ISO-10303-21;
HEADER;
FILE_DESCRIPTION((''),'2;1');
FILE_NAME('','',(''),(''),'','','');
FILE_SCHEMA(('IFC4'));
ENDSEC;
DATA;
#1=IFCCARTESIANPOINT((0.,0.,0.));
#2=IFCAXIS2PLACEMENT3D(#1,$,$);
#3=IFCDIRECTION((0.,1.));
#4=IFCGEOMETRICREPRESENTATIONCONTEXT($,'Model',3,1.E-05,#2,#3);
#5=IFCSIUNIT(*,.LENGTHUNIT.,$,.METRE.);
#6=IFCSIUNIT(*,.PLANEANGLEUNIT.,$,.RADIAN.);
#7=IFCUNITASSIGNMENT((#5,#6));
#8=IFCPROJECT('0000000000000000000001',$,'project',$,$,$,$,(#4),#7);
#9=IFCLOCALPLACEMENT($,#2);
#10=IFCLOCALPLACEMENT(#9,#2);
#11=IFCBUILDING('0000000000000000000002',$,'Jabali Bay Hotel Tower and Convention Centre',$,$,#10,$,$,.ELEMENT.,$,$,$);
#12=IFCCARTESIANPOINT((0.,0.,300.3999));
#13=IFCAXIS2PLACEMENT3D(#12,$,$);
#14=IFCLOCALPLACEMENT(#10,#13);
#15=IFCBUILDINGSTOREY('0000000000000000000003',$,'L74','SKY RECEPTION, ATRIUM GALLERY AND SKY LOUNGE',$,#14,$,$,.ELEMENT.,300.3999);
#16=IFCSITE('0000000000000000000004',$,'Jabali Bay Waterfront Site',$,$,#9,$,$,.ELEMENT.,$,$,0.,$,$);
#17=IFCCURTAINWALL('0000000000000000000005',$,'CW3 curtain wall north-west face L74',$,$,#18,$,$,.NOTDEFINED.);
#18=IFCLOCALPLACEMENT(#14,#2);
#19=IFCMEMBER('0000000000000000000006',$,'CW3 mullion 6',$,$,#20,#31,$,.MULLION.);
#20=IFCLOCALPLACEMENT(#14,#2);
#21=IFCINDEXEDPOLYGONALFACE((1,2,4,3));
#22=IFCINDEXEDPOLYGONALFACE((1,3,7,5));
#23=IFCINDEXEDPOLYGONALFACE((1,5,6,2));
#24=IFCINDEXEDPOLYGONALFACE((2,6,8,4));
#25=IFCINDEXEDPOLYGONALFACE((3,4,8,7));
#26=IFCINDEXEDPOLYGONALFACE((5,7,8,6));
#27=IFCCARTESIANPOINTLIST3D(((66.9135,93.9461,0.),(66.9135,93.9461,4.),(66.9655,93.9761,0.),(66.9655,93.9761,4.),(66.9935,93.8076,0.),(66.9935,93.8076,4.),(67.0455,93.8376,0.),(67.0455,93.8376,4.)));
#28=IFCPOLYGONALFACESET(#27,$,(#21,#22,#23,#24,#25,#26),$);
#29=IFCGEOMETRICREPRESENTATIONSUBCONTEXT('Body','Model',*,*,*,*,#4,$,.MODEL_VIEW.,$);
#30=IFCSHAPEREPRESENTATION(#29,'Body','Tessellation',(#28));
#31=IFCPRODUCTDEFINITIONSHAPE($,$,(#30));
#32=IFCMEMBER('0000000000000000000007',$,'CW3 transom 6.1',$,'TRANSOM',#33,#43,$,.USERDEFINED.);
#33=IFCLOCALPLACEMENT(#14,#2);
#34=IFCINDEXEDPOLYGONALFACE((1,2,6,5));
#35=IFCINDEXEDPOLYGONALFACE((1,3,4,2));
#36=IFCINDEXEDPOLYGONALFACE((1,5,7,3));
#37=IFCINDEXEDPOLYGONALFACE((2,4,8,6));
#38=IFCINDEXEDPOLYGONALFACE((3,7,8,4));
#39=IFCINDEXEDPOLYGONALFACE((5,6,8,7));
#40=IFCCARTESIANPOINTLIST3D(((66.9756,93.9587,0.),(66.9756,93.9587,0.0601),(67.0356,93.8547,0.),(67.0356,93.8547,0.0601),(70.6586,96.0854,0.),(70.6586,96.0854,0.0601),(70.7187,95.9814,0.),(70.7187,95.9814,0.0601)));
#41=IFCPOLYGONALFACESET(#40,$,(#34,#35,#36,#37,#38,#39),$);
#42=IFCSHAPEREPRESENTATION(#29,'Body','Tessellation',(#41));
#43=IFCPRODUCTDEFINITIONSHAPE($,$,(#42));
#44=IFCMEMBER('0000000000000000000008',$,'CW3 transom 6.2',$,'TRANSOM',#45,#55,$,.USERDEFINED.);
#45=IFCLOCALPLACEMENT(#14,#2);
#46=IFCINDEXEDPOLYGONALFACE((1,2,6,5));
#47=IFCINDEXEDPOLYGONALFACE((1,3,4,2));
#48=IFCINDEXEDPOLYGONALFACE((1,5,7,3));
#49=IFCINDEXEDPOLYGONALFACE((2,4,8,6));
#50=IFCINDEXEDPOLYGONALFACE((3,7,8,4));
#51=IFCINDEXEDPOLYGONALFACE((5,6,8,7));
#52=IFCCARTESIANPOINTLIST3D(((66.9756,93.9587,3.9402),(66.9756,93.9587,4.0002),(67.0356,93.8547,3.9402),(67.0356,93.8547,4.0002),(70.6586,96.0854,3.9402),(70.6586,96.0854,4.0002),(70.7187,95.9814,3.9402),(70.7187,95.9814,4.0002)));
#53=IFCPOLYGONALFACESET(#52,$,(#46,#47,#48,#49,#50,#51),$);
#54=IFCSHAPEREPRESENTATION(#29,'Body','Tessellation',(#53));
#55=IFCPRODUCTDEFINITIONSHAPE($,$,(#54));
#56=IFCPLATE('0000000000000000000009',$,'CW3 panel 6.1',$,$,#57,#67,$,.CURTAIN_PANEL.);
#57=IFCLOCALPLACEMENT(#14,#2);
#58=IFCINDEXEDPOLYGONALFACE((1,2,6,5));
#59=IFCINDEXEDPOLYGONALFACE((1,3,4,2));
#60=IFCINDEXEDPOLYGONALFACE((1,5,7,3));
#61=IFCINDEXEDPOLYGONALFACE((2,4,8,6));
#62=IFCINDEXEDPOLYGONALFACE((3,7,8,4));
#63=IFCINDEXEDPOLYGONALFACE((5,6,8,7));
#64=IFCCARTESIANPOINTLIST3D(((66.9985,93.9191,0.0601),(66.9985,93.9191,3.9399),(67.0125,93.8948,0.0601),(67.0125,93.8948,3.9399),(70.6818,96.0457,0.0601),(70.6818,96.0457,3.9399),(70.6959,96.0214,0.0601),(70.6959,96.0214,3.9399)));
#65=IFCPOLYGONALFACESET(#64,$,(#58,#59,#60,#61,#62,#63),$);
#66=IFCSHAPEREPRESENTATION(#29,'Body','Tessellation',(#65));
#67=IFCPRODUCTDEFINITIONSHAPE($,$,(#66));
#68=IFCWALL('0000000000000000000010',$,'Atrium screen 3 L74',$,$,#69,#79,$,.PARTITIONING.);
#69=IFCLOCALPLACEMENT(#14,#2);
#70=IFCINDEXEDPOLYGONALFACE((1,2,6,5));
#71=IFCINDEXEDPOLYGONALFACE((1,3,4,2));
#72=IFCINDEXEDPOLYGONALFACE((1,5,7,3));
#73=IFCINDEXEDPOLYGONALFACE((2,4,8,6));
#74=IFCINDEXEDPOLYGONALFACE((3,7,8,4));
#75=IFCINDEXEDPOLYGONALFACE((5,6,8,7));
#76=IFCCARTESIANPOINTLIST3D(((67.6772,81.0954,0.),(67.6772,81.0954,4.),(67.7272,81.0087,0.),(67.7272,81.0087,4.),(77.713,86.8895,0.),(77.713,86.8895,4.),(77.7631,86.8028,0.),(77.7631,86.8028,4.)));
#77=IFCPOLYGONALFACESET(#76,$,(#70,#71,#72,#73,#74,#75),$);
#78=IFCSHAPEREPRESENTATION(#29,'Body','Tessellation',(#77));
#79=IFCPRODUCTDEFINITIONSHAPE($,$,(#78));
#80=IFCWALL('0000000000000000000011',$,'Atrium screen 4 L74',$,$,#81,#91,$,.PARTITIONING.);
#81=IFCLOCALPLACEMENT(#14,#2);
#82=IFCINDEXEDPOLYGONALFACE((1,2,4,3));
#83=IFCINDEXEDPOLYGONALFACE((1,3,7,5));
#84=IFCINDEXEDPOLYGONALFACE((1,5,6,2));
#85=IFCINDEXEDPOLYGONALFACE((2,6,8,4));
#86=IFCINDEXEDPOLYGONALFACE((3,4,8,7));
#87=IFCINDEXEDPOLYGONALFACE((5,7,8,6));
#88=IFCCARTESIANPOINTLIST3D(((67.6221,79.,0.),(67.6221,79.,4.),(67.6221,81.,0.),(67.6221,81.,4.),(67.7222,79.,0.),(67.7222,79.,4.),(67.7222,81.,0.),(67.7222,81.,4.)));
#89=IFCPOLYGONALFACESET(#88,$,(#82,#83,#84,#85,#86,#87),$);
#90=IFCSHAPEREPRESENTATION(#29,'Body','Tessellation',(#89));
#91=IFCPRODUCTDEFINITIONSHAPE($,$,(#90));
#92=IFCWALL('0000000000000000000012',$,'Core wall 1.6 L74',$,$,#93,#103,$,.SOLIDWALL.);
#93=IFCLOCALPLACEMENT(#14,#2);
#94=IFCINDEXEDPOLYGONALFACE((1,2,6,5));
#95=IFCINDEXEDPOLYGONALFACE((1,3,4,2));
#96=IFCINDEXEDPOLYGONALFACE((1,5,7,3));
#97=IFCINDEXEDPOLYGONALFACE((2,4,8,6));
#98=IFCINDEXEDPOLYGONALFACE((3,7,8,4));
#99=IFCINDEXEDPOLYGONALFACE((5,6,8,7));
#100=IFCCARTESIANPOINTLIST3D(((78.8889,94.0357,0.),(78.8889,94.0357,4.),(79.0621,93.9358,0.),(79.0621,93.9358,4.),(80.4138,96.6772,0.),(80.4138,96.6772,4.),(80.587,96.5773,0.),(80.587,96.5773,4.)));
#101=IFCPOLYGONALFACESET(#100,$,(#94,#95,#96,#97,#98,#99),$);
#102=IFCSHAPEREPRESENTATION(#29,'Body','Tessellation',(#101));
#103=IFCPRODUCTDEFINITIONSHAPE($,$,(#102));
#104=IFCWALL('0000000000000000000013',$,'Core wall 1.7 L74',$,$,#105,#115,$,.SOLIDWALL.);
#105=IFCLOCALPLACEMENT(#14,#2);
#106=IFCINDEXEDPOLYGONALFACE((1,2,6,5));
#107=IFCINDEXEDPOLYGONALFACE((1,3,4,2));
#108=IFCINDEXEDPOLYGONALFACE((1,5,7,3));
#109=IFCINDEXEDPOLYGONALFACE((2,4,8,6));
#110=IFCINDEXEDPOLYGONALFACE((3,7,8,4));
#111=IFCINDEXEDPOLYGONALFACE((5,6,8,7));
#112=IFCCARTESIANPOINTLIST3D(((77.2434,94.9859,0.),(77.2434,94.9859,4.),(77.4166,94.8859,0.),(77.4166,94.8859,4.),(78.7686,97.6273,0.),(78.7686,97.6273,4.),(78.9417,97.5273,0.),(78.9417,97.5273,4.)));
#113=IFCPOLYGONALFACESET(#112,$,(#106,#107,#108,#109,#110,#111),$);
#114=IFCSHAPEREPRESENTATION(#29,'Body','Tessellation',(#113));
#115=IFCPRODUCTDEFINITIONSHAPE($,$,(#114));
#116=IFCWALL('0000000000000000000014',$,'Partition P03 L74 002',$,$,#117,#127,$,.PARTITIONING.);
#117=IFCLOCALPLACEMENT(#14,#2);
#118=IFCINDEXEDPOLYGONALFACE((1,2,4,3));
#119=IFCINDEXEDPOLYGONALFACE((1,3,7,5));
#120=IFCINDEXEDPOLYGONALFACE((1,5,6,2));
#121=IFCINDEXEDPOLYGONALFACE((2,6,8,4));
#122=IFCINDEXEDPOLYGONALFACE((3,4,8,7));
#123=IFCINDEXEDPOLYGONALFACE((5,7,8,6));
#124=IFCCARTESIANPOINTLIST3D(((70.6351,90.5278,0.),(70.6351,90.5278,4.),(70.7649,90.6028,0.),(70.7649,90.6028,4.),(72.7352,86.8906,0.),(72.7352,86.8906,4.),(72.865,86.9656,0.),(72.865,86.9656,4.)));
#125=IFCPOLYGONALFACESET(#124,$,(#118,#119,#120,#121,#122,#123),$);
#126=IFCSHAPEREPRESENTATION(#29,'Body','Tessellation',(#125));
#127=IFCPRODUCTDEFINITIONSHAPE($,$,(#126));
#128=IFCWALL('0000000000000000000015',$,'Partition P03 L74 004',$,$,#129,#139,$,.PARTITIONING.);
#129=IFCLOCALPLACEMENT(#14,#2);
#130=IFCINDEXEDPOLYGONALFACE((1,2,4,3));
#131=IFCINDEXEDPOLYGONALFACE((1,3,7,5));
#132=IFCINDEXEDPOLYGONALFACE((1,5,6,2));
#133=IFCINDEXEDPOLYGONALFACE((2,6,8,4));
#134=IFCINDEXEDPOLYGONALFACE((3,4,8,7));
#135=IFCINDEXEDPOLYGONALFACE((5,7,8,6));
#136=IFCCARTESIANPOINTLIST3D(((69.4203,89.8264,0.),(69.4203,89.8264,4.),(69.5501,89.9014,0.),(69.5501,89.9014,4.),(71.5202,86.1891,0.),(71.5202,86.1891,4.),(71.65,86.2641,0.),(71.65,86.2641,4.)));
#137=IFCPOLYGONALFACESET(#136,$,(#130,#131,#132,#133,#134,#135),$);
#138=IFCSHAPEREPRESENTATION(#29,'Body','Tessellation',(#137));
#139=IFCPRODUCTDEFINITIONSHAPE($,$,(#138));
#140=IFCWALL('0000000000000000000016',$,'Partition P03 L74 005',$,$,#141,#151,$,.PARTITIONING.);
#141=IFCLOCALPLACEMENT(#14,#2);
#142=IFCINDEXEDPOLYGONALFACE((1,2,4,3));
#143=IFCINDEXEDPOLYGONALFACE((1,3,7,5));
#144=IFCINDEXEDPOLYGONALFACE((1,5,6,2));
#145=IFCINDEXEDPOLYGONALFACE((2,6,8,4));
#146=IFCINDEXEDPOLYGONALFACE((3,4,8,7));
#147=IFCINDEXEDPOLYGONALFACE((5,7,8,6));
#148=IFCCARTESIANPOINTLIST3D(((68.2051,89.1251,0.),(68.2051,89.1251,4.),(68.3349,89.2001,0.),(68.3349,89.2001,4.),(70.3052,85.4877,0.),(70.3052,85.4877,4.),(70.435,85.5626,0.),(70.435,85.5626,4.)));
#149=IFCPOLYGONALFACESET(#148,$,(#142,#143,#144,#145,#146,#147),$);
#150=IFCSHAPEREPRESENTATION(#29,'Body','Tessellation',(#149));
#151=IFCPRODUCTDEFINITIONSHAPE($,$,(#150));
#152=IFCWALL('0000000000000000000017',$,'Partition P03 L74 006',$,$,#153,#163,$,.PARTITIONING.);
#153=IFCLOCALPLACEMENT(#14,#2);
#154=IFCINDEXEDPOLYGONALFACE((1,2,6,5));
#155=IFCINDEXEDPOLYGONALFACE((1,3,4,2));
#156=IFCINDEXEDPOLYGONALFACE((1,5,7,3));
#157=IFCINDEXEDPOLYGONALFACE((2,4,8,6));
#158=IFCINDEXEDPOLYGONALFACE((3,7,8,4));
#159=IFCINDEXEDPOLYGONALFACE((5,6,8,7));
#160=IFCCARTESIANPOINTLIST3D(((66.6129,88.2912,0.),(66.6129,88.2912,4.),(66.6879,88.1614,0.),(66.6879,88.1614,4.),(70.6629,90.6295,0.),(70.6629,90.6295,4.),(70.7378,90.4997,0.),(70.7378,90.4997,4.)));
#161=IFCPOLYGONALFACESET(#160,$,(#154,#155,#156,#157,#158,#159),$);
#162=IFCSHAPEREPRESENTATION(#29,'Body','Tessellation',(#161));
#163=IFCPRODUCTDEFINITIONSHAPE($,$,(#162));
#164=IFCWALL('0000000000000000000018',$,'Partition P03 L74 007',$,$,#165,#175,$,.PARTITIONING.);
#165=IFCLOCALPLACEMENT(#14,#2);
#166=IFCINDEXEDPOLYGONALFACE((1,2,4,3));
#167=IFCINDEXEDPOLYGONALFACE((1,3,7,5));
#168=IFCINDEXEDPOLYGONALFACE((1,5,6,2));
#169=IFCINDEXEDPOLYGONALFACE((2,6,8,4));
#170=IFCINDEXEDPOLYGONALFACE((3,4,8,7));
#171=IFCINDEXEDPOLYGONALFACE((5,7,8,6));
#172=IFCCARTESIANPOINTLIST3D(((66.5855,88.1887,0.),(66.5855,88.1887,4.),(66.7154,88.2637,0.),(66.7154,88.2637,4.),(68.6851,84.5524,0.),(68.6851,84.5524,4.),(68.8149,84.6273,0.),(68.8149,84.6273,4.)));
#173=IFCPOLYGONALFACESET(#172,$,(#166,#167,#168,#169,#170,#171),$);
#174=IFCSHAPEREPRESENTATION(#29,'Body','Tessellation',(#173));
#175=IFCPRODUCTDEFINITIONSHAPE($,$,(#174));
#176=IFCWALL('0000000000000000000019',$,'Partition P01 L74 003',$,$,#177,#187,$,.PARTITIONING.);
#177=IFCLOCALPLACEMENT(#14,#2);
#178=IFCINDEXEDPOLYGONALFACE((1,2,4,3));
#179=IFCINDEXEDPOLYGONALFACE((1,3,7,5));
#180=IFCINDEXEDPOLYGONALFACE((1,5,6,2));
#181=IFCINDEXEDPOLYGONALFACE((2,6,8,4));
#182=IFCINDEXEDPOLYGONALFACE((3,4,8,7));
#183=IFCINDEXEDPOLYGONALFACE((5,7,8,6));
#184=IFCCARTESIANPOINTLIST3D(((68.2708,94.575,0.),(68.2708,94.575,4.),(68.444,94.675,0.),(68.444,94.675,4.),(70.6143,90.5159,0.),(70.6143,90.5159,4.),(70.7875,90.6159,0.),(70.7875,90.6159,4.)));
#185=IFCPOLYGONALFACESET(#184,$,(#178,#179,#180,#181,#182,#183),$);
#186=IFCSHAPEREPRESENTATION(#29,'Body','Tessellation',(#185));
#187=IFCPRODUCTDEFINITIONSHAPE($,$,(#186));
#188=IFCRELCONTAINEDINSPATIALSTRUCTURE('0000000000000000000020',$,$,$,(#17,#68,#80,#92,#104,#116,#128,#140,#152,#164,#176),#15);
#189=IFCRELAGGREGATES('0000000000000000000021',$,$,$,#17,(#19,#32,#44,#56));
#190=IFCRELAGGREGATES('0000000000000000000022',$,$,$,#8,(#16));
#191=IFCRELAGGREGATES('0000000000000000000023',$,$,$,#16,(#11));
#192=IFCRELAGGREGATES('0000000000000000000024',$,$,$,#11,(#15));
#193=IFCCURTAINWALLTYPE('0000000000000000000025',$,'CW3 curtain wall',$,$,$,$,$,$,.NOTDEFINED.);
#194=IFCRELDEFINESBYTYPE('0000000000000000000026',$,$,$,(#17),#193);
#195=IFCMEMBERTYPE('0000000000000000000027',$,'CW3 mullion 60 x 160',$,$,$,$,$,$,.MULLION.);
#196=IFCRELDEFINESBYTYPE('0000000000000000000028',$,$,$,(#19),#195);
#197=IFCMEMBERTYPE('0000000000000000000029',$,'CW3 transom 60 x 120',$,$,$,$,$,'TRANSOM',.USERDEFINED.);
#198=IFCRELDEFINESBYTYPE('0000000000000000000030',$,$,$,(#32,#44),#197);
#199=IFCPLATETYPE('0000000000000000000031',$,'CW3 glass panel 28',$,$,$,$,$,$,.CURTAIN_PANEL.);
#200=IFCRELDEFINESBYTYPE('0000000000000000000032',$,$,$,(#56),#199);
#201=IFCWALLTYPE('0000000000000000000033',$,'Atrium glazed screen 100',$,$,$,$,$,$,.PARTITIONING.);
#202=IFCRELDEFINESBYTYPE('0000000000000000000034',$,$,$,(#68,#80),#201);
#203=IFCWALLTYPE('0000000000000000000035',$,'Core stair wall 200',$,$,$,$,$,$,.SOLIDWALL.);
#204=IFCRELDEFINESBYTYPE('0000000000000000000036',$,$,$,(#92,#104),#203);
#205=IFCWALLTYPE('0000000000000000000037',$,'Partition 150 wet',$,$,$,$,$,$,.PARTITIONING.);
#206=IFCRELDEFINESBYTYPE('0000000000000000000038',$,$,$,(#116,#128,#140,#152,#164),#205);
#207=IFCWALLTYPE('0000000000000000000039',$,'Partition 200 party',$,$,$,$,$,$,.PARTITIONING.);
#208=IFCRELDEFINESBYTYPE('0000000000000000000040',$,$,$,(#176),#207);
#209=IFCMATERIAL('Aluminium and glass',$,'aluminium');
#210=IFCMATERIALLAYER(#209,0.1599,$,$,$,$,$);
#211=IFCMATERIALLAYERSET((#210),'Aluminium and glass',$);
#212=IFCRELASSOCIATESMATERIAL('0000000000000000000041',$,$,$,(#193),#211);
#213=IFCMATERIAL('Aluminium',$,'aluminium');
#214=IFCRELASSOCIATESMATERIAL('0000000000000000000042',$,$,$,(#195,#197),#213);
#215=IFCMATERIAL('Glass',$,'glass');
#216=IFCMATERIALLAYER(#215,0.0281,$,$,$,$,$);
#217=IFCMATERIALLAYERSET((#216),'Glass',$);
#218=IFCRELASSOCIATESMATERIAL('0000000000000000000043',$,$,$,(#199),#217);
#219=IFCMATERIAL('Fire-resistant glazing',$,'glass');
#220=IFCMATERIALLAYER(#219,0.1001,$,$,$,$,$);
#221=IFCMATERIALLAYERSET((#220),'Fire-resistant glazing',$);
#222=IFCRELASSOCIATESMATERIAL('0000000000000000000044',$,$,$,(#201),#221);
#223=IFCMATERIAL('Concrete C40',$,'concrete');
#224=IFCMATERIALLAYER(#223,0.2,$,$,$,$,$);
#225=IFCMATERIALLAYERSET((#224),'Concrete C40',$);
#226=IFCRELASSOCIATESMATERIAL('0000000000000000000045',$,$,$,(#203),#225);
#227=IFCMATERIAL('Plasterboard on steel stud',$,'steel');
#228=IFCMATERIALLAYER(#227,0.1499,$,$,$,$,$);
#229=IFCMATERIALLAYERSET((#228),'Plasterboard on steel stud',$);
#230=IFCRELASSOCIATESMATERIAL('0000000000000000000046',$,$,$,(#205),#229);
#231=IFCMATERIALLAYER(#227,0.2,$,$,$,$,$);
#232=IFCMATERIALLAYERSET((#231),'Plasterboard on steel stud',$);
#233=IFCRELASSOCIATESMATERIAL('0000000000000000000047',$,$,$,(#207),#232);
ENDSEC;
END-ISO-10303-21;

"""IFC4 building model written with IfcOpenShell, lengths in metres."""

from ifc_helpers import new_model, si_unit, direction, frame, frame_2d, origin, origin_2d, place, context, subcontext, project, spatial, rectangle, extrude, material, layer, layer_set, material_profile, profile_set, type_object, element, aggregate, save


model = new_model("IFC4")

# Units and contexts
model_context = context("Model", 3, precision=1e-05, world=origin(), true_north=direction((0.0, 1.0)))
body_context = subcontext(model_context, "Body", "Model", "MODEL_VIEW")
ifc_project = project(units=[si_unit("LENGTHUNIT", "METRE"), si_unit("PLANEANGLEUNIT", "RADIAN")], contexts=[model_context])

# Site, building, storey
site_placement = place(None, origin())
site = spatial("IfcSite", under=ifc_project, at=site_placement, Name="Jabali Bay Waterfront Site", CompositionType="ELEMENT", RefElevation=0.0)
building_placement = place(site_placement, origin())
building = spatial("IfcBuilding", under=site, at=building_placement, Name="Jabali Bay Hotel Tower and Convention Centre", CompositionType="ELEMENT")
storey_placement = place(building_placement, frame((0.0, 0.0, 300.3999)))
storey = spatial("IfcBuildingStorey", under=building, at=storey_placement, Name="L74", Description="SKY RECEPTION, ATRIUM GALLERY AND SKY LOUNGE", CompositionType="ELEMENT", Elevation=300.3999)

# Curtain wall, members, plate
ifc_material_1 = material(Name="Aluminium and glass", Category="aluminium")
ifc_layer_1 = layer(ifc_material_1, 0.1599)
ifc_layer_set_1 = layer_set([ifc_layer_1], Name="Aluminium and glass")
curtain_wall_type = type_object("IfcCurtainWallType", Name="CW3 curtain wall", PredefinedType="NOTDEFINED", material=ifc_layer_set_1)
curtain_wall_placement = place(storey_placement, origin())
curtain_wall = element("IfcCurtainWall", 1, at=curtain_wall_placement, inside=storey, type_object=curtain_wall_type, Name="CW3 curtain wall north-west face L74", PredefinedType="NOTDEFINED")
ifc_material_2 = material(Name="Aluminium", Category="aluminium")
ifc_material_profile_1 = material_profile(ifc_material_2, rectangle(XDim=0.1599, YDim=0.0601, at=origin_2d()), Name="CW3 mullion 60 x 160")
ifc_profile_set_1 = profile_set([ifc_material_profile_1], Name="Aluminium")
member_type_1 = type_object("IfcMemberType", Name="CW3 mullion 60 x 160", PredefinedType="MULLION", material=ifc_profile_set_1)
member_1_placement = place(storey_placement, frame((66.9795, 93.8918, 0.0), z_axis=(0.0, 0.0, 1.0), x_axis=(-0.5, 0.866025, 0.0)))
member_1 = element("IfcMember", 2, at=member_1_placement, type_object=member_type_1, Name="CW3 mullion 6", PredefinedType="MULLION", context=body_context, shape_type="SweptSolid", body=[
    extrude(rectangle(XDim=0.1599, YDim=0.0601, at=origin_2d()), origin(), (0.0, 0.0, 1.0), 4.0),
])
ifc_material_profile_2 = material_profile(ifc_material_2, rectangle(XDim=0.1201, YDim=0.0601, at=origin_2d()), Name="CW3 transom 60 x 120")
ifc_profile_set_2 = profile_set([ifc_material_profile_2], Name="Aluminium")
member_type_2 = type_object("IfcMemberType", Name="CW3 transom 60 x 120", ElementType="TRANSOM", PredefinedType="USERDEFINED", material=ifc_profile_set_2)
member_2_placement = place(storey_placement, frame((67.0056, 93.9067, 0.03), z_axis=(0.865998, 0.500047, 0.0), x_axis=(-0.500047, 0.865998, 0.0)))
member_2 = element("IfcMember", 3, at=member_2_placement, type_object=member_type_2, Name="CW3 transom 6.1", ObjectType="TRANSOM", PredefinedType="USERDEFINED", context=body_context, shape_type="SweptSolid", body=[
    extrude(rectangle(XDim=0.1201, YDim=0.0601, at=origin_2d()), origin(), (0.0, 0.0, 1.0), 4.2529),
])
member_3_placement = place(storey_placement, frame((67.0056, 93.9067, 3.9702), z_axis=(0.865998, 0.500047, 0.0), x_axis=(-0.500047, 0.865998, 0.0)))
member_3 = element("IfcMember", 4, at=member_3_placement, type_object=member_type_2, Name="CW3 transom 6.2", ObjectType="TRANSOM", PredefinedType="USERDEFINED", context=body_context, shape_type="SweptSolid", body=[
    extrude(rectangle(XDim=0.1201, YDim=0.0601, at=origin_2d()), origin(), (0.0, 0.0, 1.0), 4.2529),
])
ifc_material_3 = material(Name="Glass", Category="glass")
ifc_layer_2 = layer(ifc_material_3, 0.0281)
ifc_layer_set_2 = layer_set([ifc_layer_2], Name="Glass")
plate_type = type_object("IfcPlateType", Name="CW3 glass panel 28", PredefinedType="CURTAIN_PANEL", material=ifc_layer_set_2)
plate_placement = place(storey_placement, frame((68.8472, 94.9702, 0.0601), z_axis=(0.0, 0.0, 1.0), x_axis=(0.866025, 0.5, 0.0)))
plate = element("IfcPlate", 5, at=plate_placement, type_object=plate_type, Name="CW3 panel 6.1", PredefinedType="CURTAIN_PANEL", context=body_context, shape_type="SweptSolid", body=[
    extrude(rectangle(XDim=4.2532, YDim=0.0281, at=origin_2d()), origin(), (0.0, 0.0, 1.0), 3.8799),
])
aggregate(curtain_wall, [member_1, member_2, member_3, plate])

# Walls
ifc_material_4 = material(Name="Fire-resistant glazing", Category="glass")
ifc_layer_3 = layer(ifc_material_4, 0.1001)
ifc_layer_set_3 = layer_set([ifc_layer_3], Name="Fire-resistant glazing")
wall_type_1 = type_object("IfcWallType", Name="Atrium glazed screen 100", PredefinedType="PARTITIONING", material=ifc_layer_set_3)
wall_1_placement = place(storey_placement, frame((77.738, 86.8462, 0.0), z_axis=(0.0, 0.0, 1.0), x_axis=(-0.866027, -0.499998, 0.0)))
element("IfcWall", 6, at=wall_1_placement, inside=storey, type_object=wall_type_1, Name="Atrium screen 3 L74", PredefinedType="PARTITIONING", context=body_context, shape_type="SweptSolid", body=[
    extrude(rectangle(XDim=11.5884, YDim=0.1001, at=frame_2d((5.7942, 0.0))), origin(), (0.0, 0.0, 1.0), 4.0),
])
wall_2_placement = place(storey_placement, frame((67.6721, 81.0, 0.0), z_axis=(0.0, 0.0, 1.0), x_axis=(0.0, -1.0, 0.0)))
element("IfcWall", 7, at=wall_2_placement, inside=storey, type_object=wall_type_1, Name="Atrium screen 4 L74", PredefinedType="PARTITIONING", context=body_context, shape_type="SweptSolid", body=[
    extrude(rectangle(XDim=2.0, YDim=0.1001, at=frame_2d((1.0, 0.0))), origin(), (0.0, 0.0, 1.0), 4.0),
])
ifc_material_5 = material(Name="Concrete C40", Category="concrete")
ifc_layer_4 = layer(ifc_material_5, 0.2)
ifc_layer_set_4 = layer_set([ifc_layer_4], Name="Concrete C40")
wall_type_2 = type_object("IfcWallType", Name="Core stair wall 200", PredefinedType="SOLIDWALL", material=ifc_layer_set_4)
for number, where, z_axis, x_axis, name in (
    (8, (78.9756, 93.9858, 0.0), (0.0, 0.0, 1.0), (0.499944, 0.866058, 0.0), "Core wall 1.6 L74"),
    (9, (77.3301, 94.936, 0.0), (0.0, 0.0, 1.0), (0.500039, 0.866003, 0.0), "Core wall 1.7 L74"),
):
    element("IfcWall", number, at=place(storey_placement, frame(where, z_axis=z_axis, x_axis=x_axis)), inside=storey, type_object=wall_type_2, Name=name, PredefinedType="SOLIDWALL", context=body_context, shape_type="SweptSolid", body=[
        extrude(rectangle(XDim=3.05, YDim=0.2, at=frame_2d((1.5249, 0.0))), origin(), (0.0, 0.0, 1.0), 4.0),
    ])

# Walls
ifc_material_6 = material(Name="Plasterboard on steel stud", Category="steel")
ifc_layer_5 = layer(ifc_material_6, 0.1499)
ifc_layer_set_5 = layer_set([ifc_layer_5], Name="Plasterboard on steel stud")
wall_type_3 = type_object("IfcWallType", Name="Partition 150 wet", PredefinedType="PARTITIONING", material=ifc_layer_set_5)
for number, where, z_axis, x_axis, name in (
    (10, (70.7, 90.5654, 0.0), (0.0, 0.0, 1.0), (0.500028, -0.866009, 0.0), "Partition P03 L74 002"),
    (11, (69.4851, 89.864, 0.0), (0.0, 0.0, 1.0), (0.499984, -0.866035, 0.0), "Partition P03 L74 004"),
):
    element("IfcWall", number, at=place(storey_placement, frame(where, z_axis=z_axis, x_axis=x_axis)), inside=storey, type_object=wall_type_3, Name=name, PredefinedType="PARTITIONING", context=body_context, shape_type="SweptSolid", body=[
        extrude(rectangle(XDim=4.2, YDim=0.1499, at=frame_2d((2.1001, 0.0))), origin(), (0.0, 0.0, 1.0), 4.0),
    ])
wall_3_placement = place(storey_placement, frame((68.27, 89.1626, 0.0), z_axis=(0.0, 0.0, 1.0), x_axis=(0.500003, -0.866024, 0.0)))
element("IfcWall", 12, at=wall_3_placement, inside=storey, type_object=wall_type_3, Name="Partition P03 L74 005", PredefinedType="PARTITIONING", context=body_context, shape_type="SweptSolid", body=[
    extrude(rectangle(XDim=4.2002, YDim=0.1499, at=frame_2d((2.1001, 0.0))), origin(), (0.0, 0.0, 1.0), 4.0),
])
wall_4_placement = place(storey_placement, frame((70.7004, 90.5647, 0.0), z_axis=(0.0, 0.0, 1.0), x_axis=(-0.866018, -0.500013, 0.0)))
element("IfcWall", 13, at=wall_4_placement, inside=storey, type_object=wall_type_3, Name="Partition P03 L74 006", PredefinedType="PARTITIONING", context=body_context, shape_type="SweptSolid", body=[
    extrude(rectangle(XDim=4.6765, YDim=0.1499, at=frame_2d((2.3384, 0.0))), origin(), (0.0, 0.0, 1.0), 4.0),
])
wall_5_placement = place(storey_placement, frame((66.6504, 88.2263, 0.0), z_axis=(0.0, 0.0, 1.0), x_axis=(0.500016, -0.866016, 0.0)))
element("IfcWall", 14, at=wall_5_placement, inside=storey, type_object=wall_type_3, Name="Partition P03 L74 007", PredefinedType="PARTITIONING", context=body_context, shape_type="SweptSolid", body=[
    extrude(rectangle(XDim=4.199, YDim=0.1499, at=frame_2d((2.0996, 0.0))), origin(), (0.0, 0.0, 1.0), 4.0),
])
ifc_layer_6 = layer(ifc_material_6, 0.2)
ifc_layer_set_6 = layer_set([ifc_layer_6], Name="Plasterboard on steel stud")
wall_type_4 = type_object("IfcWallType", Name="Partition 200 party", PredefinedType="PARTITIONING", material=ifc_layer_set_6)
wall_6_placement = place(storey_placement, frame((68.3574, 94.625, 0.0), z_axis=(0.0, 0.0, 1.0), x_axis=(0.499999, -0.866026, 0.0)))
element("IfcWall", 15, at=wall_6_placement, inside=storey, type_object=wall_type_4, Name="Partition P01 L74 003", PredefinedType="PARTITIONING", context=body_context, shape_type="SweptSolid", body=[
    extrude(rectangle(XDim=4.687, YDim=0.2, at=frame_2d((2.3435, 0.0))), origin(), (0.0, 0.0, 1.0), 4.0),
])

save(model, "model.ifc")
